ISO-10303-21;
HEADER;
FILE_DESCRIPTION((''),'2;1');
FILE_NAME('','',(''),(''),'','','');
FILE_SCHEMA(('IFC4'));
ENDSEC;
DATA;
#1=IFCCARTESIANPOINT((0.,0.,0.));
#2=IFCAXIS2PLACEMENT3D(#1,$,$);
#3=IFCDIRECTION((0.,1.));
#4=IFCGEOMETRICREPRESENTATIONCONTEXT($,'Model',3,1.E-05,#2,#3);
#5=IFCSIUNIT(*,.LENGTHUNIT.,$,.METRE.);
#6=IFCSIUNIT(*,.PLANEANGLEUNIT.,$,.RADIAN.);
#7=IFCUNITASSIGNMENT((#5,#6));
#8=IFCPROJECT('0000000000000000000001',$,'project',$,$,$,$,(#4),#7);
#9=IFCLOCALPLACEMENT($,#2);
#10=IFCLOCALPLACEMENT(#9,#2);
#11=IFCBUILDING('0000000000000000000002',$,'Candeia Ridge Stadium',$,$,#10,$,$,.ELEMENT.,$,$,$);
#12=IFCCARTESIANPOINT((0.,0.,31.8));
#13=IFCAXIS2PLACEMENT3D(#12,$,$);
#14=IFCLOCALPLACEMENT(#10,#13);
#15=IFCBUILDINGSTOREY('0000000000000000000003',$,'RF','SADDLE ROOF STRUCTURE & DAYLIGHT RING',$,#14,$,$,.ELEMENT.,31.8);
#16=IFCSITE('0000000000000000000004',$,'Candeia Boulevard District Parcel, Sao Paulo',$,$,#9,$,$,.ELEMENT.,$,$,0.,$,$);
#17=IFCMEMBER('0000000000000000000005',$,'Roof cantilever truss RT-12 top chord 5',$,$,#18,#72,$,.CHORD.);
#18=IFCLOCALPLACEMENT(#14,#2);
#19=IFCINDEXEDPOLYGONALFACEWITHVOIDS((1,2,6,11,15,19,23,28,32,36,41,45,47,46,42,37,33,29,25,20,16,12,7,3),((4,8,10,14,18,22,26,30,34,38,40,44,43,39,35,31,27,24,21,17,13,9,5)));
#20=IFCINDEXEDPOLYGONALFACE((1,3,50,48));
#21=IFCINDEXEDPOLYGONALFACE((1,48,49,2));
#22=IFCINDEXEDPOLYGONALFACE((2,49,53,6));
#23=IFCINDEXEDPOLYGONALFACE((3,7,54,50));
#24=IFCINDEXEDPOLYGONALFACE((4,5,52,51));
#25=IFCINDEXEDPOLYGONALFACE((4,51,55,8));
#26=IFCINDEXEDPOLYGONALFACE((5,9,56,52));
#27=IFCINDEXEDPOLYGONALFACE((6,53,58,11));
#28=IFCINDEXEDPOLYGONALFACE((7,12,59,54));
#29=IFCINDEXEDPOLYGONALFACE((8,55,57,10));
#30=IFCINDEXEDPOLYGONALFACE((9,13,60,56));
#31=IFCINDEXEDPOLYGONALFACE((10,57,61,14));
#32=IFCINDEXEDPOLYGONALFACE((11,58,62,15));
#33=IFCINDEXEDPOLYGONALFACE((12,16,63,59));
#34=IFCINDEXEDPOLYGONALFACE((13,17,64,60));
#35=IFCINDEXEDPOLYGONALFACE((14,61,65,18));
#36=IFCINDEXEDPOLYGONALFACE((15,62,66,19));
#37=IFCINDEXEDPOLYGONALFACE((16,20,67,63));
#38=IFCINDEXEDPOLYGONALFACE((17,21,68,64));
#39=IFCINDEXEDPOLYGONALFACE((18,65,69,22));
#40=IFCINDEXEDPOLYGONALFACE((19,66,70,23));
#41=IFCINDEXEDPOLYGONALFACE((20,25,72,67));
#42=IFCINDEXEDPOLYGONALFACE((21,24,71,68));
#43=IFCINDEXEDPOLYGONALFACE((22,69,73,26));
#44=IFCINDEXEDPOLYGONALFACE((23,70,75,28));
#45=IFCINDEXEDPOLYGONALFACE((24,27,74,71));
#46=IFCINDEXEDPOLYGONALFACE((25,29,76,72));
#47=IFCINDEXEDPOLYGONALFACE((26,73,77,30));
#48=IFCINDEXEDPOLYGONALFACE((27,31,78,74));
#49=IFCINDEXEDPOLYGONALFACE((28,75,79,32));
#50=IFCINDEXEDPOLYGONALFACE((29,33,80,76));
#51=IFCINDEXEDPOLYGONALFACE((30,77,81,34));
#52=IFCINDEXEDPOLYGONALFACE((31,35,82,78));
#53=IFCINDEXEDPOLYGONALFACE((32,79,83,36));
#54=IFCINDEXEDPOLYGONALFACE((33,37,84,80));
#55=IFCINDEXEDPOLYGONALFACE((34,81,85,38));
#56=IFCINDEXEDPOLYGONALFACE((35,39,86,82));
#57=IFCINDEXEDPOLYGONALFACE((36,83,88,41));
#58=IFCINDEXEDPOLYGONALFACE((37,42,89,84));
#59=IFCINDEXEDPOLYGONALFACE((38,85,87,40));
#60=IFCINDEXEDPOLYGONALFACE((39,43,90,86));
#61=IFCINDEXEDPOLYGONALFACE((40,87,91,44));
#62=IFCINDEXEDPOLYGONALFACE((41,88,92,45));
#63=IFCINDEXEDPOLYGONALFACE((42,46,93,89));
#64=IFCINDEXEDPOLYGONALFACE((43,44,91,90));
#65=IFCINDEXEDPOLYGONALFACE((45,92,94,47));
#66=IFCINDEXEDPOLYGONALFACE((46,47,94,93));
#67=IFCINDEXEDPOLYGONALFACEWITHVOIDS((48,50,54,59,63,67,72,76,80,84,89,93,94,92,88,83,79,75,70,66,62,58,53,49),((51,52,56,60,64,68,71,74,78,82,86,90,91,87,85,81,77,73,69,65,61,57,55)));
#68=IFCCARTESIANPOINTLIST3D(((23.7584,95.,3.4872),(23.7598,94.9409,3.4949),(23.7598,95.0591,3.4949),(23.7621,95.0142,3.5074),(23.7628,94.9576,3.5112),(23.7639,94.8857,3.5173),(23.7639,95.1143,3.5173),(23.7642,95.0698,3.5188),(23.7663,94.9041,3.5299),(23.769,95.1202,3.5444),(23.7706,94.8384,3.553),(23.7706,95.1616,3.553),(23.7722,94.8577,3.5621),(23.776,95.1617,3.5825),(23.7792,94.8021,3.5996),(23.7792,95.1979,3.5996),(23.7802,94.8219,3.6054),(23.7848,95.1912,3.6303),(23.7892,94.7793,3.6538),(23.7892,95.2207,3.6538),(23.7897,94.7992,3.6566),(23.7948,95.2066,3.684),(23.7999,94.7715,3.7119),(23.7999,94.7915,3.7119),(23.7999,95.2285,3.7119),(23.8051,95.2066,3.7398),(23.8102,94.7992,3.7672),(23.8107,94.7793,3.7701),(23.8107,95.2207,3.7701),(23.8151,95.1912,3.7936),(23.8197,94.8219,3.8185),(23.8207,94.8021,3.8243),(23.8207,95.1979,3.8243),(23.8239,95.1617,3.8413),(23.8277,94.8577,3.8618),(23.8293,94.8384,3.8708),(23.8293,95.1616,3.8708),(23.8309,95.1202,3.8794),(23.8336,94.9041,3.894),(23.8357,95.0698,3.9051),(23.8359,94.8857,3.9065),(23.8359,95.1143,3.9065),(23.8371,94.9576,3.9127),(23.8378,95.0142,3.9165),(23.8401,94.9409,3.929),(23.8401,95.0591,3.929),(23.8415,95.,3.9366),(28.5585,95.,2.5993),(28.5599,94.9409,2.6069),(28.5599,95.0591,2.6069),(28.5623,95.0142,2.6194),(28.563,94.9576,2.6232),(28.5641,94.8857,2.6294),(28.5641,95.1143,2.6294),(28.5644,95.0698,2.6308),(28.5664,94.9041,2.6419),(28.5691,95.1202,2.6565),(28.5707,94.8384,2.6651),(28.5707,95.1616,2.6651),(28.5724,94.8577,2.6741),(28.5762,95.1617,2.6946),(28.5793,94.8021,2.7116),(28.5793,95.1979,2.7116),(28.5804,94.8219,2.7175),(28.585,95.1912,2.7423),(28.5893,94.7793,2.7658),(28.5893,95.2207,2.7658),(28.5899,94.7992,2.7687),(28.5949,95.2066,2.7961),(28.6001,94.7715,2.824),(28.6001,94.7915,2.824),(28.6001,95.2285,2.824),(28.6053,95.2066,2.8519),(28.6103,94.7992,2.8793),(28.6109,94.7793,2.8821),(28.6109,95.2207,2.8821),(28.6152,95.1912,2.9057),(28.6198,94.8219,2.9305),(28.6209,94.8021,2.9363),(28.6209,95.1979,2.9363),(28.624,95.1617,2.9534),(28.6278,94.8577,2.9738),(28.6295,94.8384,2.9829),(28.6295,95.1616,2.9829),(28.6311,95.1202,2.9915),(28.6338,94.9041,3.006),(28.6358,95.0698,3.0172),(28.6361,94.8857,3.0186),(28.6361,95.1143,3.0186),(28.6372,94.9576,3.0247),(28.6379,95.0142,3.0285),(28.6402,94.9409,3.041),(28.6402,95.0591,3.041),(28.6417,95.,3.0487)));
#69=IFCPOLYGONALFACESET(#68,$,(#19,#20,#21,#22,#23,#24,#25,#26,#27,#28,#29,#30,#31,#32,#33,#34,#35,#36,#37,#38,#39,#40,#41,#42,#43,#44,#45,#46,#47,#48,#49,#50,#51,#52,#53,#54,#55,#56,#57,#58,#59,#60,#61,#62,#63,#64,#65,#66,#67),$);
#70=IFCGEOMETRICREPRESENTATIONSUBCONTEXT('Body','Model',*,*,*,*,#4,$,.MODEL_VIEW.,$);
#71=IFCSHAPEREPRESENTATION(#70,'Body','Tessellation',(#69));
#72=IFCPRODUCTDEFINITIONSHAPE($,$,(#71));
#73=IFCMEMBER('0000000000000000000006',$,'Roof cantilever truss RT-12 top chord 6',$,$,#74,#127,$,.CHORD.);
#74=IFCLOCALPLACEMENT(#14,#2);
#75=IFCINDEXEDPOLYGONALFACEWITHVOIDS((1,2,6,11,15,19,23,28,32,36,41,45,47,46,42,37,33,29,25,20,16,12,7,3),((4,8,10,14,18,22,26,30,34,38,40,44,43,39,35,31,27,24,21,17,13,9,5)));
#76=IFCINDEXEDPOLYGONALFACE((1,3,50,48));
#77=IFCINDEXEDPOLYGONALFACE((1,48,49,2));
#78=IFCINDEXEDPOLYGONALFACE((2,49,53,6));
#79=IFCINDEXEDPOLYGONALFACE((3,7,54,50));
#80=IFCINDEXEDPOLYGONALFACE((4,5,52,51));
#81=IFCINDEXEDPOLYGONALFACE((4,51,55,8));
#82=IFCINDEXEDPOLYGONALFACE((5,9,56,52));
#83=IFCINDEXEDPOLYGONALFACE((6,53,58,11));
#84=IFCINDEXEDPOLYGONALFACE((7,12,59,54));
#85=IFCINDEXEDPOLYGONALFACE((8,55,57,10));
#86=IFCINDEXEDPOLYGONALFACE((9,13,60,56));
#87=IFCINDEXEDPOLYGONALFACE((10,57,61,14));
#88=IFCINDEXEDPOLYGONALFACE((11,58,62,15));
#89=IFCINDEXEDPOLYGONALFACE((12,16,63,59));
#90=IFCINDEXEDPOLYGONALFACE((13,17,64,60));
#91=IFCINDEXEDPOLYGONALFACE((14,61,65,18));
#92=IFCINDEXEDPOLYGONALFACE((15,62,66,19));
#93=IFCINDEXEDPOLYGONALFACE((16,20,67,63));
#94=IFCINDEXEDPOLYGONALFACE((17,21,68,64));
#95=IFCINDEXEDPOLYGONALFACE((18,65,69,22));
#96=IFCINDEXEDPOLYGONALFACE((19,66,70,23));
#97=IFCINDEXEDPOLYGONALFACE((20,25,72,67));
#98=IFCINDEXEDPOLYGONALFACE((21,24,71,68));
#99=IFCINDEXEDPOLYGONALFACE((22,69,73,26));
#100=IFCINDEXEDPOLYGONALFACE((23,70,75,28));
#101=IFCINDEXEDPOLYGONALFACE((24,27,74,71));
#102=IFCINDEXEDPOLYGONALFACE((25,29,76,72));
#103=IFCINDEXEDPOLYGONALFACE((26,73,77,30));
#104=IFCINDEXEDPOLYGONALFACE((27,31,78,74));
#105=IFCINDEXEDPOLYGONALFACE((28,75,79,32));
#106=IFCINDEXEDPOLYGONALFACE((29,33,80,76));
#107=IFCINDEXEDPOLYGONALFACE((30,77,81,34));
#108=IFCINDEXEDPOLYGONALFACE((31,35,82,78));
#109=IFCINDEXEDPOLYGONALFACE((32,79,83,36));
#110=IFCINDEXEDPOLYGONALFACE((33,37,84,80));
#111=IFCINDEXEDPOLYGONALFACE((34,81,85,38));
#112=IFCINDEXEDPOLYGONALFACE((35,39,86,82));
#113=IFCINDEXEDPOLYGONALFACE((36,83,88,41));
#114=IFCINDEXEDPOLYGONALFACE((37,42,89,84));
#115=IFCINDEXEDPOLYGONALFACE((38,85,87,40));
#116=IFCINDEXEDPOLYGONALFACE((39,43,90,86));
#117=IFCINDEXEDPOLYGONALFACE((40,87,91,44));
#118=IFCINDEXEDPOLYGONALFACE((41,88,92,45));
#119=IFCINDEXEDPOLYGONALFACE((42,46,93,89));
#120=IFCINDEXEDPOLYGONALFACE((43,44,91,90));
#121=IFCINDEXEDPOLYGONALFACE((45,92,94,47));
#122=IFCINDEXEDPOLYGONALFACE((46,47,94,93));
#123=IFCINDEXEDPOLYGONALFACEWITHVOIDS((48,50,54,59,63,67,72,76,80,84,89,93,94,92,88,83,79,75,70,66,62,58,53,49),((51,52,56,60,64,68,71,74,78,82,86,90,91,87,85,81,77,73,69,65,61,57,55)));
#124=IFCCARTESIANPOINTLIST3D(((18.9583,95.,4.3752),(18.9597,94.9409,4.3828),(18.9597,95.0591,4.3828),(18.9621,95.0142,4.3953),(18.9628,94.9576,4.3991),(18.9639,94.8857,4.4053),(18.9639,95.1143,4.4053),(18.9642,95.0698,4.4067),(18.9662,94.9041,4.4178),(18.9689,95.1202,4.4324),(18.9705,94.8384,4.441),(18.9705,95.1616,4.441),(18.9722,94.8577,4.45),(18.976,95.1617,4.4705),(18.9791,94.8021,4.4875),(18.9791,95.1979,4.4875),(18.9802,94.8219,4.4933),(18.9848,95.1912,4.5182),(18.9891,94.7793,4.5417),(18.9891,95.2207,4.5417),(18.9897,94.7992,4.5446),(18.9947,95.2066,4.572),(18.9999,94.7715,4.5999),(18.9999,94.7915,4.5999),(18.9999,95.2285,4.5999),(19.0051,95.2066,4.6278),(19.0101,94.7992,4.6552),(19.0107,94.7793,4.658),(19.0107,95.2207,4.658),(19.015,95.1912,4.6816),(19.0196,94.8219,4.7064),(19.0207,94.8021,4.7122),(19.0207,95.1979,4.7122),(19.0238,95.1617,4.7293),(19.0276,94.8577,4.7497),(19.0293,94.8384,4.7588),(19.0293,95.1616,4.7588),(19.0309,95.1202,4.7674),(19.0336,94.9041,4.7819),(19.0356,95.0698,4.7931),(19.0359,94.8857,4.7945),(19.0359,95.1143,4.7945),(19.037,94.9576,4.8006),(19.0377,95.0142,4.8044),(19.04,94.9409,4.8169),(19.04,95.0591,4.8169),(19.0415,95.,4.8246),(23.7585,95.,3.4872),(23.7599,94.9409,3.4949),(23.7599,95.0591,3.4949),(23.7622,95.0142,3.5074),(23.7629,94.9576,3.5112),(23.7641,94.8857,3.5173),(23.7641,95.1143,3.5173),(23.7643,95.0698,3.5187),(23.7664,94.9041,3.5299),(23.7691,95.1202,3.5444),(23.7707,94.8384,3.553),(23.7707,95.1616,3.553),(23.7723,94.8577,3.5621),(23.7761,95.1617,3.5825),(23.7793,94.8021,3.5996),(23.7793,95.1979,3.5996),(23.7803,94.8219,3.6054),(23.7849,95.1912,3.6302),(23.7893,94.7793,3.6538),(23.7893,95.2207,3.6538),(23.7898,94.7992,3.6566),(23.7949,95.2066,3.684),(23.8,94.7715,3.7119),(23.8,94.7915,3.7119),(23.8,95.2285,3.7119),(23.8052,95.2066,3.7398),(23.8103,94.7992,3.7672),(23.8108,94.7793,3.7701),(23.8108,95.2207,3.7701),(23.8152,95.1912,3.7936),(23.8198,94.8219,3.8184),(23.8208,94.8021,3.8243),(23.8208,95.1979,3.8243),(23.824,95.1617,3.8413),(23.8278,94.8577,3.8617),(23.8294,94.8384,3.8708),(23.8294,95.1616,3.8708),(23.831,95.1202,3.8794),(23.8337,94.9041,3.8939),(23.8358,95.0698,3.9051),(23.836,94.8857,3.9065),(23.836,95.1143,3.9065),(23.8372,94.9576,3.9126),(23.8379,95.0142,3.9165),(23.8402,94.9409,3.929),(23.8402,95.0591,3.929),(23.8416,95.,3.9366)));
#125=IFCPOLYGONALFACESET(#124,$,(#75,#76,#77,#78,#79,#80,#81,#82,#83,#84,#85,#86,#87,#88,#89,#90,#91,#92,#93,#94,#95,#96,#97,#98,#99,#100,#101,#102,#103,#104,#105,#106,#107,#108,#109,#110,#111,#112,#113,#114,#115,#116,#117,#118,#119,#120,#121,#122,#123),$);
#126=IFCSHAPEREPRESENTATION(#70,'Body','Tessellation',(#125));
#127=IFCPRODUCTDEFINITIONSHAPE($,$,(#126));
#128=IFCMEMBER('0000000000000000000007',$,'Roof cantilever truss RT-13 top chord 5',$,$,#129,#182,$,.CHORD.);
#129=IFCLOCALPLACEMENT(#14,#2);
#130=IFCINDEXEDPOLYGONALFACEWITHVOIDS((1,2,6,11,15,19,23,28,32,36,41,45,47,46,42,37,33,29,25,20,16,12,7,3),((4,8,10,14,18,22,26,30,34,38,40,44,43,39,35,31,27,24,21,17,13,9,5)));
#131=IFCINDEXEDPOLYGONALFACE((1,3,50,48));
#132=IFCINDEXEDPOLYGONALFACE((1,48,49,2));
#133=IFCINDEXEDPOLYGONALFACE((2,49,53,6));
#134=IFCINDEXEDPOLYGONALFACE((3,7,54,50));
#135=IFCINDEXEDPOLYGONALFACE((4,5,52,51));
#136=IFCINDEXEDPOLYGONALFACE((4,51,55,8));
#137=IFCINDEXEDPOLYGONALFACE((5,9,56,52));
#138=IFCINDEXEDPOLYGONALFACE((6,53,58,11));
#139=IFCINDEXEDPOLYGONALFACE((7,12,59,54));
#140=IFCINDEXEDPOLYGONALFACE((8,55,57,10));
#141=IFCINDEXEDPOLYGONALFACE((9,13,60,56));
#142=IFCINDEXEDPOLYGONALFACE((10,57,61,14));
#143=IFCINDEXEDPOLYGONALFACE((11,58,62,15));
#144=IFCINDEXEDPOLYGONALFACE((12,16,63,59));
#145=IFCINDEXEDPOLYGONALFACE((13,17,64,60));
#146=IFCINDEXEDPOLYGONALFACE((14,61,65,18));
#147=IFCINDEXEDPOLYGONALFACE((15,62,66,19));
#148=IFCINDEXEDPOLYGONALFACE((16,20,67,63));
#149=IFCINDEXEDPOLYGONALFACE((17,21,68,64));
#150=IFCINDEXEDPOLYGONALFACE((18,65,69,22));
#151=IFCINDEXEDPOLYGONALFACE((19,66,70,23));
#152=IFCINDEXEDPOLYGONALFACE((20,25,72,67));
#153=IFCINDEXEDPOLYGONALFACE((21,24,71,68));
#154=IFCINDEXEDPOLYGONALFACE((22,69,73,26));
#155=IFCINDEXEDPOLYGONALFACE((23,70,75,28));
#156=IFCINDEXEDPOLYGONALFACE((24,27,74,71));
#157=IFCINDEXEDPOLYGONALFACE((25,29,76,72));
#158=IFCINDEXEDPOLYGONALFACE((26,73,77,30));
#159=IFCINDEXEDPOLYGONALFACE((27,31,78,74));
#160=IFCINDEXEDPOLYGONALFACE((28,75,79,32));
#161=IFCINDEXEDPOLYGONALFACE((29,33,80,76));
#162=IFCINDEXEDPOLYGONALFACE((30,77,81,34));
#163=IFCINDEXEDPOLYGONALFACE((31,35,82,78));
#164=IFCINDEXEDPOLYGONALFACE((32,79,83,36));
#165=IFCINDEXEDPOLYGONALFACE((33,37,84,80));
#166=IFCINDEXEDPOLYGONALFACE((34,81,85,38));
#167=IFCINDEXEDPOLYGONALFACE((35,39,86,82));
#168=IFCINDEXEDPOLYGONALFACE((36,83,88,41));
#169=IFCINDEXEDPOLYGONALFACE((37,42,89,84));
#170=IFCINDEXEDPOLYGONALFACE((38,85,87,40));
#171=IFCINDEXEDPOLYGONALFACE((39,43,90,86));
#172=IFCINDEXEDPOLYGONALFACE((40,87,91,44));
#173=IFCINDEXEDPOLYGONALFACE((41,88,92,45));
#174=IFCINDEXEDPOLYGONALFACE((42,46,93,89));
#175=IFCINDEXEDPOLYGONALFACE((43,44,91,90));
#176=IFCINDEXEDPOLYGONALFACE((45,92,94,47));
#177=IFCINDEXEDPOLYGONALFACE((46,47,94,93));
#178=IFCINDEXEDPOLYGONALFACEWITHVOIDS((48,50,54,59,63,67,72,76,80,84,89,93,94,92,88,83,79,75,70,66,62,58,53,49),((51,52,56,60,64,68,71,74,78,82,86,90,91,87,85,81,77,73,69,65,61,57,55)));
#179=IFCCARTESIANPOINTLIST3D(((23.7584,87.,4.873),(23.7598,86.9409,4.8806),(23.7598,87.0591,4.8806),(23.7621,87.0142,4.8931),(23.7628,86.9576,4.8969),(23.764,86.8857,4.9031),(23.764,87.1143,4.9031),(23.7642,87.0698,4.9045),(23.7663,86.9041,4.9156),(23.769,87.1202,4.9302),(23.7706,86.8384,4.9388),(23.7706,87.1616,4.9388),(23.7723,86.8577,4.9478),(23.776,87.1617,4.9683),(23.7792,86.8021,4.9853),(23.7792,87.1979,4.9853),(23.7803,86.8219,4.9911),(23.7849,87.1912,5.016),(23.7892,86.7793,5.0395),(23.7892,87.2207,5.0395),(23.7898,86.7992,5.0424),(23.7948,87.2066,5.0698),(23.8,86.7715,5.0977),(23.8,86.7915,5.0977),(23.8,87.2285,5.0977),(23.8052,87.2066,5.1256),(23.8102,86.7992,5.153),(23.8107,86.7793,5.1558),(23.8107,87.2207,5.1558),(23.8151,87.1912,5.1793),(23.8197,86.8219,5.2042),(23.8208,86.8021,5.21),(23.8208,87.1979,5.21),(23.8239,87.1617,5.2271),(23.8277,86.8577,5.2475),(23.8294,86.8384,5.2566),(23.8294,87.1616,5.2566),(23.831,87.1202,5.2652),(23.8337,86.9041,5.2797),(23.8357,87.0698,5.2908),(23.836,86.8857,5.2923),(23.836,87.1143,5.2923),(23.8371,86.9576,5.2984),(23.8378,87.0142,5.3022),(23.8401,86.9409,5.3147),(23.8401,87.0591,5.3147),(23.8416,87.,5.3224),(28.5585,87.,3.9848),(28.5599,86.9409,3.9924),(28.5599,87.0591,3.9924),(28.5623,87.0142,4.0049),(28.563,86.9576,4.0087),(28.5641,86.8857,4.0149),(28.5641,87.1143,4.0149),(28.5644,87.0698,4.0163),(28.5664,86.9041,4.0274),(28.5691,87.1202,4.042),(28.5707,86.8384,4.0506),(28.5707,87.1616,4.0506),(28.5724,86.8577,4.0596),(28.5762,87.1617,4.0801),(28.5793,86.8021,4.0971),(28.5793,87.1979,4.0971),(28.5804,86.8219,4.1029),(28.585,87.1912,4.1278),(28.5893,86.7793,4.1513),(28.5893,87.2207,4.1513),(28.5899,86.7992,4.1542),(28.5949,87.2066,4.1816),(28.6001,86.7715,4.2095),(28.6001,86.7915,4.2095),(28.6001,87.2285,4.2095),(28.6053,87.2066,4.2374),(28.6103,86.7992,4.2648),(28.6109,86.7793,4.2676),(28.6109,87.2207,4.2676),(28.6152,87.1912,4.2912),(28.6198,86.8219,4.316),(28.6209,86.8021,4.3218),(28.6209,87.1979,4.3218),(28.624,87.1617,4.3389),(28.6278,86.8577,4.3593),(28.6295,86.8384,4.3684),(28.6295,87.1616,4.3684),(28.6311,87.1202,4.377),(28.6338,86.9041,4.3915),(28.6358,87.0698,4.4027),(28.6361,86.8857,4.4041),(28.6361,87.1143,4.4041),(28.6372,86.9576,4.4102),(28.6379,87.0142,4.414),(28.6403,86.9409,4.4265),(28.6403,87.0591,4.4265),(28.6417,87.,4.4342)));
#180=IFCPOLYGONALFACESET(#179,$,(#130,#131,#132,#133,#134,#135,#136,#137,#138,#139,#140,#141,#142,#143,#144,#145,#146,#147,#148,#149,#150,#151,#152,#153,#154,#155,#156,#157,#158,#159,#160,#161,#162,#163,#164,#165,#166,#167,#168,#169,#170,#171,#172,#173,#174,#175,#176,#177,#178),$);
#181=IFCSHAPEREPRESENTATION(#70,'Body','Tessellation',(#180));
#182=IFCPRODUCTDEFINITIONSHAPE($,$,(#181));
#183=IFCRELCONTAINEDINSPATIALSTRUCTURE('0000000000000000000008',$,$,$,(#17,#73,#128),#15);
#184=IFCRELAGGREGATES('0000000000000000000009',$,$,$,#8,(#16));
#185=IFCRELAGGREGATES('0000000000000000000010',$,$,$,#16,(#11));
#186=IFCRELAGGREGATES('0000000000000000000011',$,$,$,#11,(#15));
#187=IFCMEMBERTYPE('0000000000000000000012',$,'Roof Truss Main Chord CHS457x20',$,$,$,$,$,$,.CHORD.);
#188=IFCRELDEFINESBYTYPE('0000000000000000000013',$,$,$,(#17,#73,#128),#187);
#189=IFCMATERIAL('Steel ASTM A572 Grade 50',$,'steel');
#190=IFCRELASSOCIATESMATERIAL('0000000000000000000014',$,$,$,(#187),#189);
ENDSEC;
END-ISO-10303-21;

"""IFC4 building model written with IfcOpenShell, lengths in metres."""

from ifc_helpers import new_model, si_unit, direction, frame, origin, origin_2d, place, context, subcontext, project, spatial, hollow_circle, extrude, material, material_profile, profile_set, type_object, element, save


model = new_model("IFC4")

# Units and contexts
model_context = context("Model", 3, precision=1e-05, world=origin(), true_north=direction((0.0, 1.0)))
body_context = subcontext(model_context, "Body", "Model", "MODEL_VIEW")
ifc_project = project(units=[si_unit("LENGTHUNIT", "METRE"), si_unit("PLANEANGLEUNIT", "RADIAN")], contexts=[model_context])

# Site, building, storey
site_placement = place(None, origin())
site = spatial("IfcSite", under=ifc_project, at=site_placement, Name="Candeia Boulevard District Parcel, Sao Paulo", CompositionType="ELEMENT", RefElevation=0.0)
building_placement = place(site_placement, origin())
building = spatial("IfcBuilding", under=site, at=building_placement, Name="Candeia Ridge Stadium", CompositionType="ELEMENT")
storey_placement = place(building_placement, frame((0.0, 0.0, 31.8)))
storey = spatial("IfcBuildingStorey", under=building, at=storey_placement, Name="RF", Description="SADDLE ROOF STRUCTURE & DAYLIGHT RING", CompositionType="ELEMENT", Elevation=31.8)

# Shared definitions
ifc_material_1 = material(Name="Steel ASTM A572 Grade 50", Category="steel")

# Members
ifc_material_profile_1 = material_profile(ifc_material_1, hollow_circle(Radius=0.2285, WallThickness=0.02, at=origin_2d()), Name="CHS457x20", Category="steel")
ifc_profile_set_1 = profile_set([ifc_material_profile_1], Name="Steel ASTM A572 Grade 50")
member_type_1 = type_object("IfcMemberType", Name="Roof Truss Main Chord CHS457x20", PredefinedType="CHORD", material=ifc_profile_set_1)
for number, where, z_axis, x_axis, name in (
    (1, (28.6001, 95.0, 2.824), (-0.983317, 0.0, 0.181899), (0.0, -1.0, 0.0), "Roof cantilever truss RT-12 top chord 5"),
    (2, (23.8, 95.0, 3.7119), (-0.983317, 0.0, 0.181899), (0.0, -1.0, 0.0), "Roof cantilever truss RT-12 top chord 6"),
    (3, (28.6001, 87.0, 4.2095), (-0.983308, 0.0, 0.181948), (0.0, -1.0, 0.0), "Roof cantilever truss RT-13 top chord 5"),
):
    element("IfcMember", number, at=place(storey_placement, frame(where, z_axis=z_axis, x_axis=x_axis)), inside=storey, type_object=member_type_1, Name=name, PredefinedType="CHORD", context=body_context, shape_type="SweptSolid", body=[
        extrude(hollow_circle(Radius=0.2285, WallThickness=0.02, at=origin_2d()), origin(), (0.0, 0.0, 1.0), 4.8816),
    ])

save(model, "model.ifc")
